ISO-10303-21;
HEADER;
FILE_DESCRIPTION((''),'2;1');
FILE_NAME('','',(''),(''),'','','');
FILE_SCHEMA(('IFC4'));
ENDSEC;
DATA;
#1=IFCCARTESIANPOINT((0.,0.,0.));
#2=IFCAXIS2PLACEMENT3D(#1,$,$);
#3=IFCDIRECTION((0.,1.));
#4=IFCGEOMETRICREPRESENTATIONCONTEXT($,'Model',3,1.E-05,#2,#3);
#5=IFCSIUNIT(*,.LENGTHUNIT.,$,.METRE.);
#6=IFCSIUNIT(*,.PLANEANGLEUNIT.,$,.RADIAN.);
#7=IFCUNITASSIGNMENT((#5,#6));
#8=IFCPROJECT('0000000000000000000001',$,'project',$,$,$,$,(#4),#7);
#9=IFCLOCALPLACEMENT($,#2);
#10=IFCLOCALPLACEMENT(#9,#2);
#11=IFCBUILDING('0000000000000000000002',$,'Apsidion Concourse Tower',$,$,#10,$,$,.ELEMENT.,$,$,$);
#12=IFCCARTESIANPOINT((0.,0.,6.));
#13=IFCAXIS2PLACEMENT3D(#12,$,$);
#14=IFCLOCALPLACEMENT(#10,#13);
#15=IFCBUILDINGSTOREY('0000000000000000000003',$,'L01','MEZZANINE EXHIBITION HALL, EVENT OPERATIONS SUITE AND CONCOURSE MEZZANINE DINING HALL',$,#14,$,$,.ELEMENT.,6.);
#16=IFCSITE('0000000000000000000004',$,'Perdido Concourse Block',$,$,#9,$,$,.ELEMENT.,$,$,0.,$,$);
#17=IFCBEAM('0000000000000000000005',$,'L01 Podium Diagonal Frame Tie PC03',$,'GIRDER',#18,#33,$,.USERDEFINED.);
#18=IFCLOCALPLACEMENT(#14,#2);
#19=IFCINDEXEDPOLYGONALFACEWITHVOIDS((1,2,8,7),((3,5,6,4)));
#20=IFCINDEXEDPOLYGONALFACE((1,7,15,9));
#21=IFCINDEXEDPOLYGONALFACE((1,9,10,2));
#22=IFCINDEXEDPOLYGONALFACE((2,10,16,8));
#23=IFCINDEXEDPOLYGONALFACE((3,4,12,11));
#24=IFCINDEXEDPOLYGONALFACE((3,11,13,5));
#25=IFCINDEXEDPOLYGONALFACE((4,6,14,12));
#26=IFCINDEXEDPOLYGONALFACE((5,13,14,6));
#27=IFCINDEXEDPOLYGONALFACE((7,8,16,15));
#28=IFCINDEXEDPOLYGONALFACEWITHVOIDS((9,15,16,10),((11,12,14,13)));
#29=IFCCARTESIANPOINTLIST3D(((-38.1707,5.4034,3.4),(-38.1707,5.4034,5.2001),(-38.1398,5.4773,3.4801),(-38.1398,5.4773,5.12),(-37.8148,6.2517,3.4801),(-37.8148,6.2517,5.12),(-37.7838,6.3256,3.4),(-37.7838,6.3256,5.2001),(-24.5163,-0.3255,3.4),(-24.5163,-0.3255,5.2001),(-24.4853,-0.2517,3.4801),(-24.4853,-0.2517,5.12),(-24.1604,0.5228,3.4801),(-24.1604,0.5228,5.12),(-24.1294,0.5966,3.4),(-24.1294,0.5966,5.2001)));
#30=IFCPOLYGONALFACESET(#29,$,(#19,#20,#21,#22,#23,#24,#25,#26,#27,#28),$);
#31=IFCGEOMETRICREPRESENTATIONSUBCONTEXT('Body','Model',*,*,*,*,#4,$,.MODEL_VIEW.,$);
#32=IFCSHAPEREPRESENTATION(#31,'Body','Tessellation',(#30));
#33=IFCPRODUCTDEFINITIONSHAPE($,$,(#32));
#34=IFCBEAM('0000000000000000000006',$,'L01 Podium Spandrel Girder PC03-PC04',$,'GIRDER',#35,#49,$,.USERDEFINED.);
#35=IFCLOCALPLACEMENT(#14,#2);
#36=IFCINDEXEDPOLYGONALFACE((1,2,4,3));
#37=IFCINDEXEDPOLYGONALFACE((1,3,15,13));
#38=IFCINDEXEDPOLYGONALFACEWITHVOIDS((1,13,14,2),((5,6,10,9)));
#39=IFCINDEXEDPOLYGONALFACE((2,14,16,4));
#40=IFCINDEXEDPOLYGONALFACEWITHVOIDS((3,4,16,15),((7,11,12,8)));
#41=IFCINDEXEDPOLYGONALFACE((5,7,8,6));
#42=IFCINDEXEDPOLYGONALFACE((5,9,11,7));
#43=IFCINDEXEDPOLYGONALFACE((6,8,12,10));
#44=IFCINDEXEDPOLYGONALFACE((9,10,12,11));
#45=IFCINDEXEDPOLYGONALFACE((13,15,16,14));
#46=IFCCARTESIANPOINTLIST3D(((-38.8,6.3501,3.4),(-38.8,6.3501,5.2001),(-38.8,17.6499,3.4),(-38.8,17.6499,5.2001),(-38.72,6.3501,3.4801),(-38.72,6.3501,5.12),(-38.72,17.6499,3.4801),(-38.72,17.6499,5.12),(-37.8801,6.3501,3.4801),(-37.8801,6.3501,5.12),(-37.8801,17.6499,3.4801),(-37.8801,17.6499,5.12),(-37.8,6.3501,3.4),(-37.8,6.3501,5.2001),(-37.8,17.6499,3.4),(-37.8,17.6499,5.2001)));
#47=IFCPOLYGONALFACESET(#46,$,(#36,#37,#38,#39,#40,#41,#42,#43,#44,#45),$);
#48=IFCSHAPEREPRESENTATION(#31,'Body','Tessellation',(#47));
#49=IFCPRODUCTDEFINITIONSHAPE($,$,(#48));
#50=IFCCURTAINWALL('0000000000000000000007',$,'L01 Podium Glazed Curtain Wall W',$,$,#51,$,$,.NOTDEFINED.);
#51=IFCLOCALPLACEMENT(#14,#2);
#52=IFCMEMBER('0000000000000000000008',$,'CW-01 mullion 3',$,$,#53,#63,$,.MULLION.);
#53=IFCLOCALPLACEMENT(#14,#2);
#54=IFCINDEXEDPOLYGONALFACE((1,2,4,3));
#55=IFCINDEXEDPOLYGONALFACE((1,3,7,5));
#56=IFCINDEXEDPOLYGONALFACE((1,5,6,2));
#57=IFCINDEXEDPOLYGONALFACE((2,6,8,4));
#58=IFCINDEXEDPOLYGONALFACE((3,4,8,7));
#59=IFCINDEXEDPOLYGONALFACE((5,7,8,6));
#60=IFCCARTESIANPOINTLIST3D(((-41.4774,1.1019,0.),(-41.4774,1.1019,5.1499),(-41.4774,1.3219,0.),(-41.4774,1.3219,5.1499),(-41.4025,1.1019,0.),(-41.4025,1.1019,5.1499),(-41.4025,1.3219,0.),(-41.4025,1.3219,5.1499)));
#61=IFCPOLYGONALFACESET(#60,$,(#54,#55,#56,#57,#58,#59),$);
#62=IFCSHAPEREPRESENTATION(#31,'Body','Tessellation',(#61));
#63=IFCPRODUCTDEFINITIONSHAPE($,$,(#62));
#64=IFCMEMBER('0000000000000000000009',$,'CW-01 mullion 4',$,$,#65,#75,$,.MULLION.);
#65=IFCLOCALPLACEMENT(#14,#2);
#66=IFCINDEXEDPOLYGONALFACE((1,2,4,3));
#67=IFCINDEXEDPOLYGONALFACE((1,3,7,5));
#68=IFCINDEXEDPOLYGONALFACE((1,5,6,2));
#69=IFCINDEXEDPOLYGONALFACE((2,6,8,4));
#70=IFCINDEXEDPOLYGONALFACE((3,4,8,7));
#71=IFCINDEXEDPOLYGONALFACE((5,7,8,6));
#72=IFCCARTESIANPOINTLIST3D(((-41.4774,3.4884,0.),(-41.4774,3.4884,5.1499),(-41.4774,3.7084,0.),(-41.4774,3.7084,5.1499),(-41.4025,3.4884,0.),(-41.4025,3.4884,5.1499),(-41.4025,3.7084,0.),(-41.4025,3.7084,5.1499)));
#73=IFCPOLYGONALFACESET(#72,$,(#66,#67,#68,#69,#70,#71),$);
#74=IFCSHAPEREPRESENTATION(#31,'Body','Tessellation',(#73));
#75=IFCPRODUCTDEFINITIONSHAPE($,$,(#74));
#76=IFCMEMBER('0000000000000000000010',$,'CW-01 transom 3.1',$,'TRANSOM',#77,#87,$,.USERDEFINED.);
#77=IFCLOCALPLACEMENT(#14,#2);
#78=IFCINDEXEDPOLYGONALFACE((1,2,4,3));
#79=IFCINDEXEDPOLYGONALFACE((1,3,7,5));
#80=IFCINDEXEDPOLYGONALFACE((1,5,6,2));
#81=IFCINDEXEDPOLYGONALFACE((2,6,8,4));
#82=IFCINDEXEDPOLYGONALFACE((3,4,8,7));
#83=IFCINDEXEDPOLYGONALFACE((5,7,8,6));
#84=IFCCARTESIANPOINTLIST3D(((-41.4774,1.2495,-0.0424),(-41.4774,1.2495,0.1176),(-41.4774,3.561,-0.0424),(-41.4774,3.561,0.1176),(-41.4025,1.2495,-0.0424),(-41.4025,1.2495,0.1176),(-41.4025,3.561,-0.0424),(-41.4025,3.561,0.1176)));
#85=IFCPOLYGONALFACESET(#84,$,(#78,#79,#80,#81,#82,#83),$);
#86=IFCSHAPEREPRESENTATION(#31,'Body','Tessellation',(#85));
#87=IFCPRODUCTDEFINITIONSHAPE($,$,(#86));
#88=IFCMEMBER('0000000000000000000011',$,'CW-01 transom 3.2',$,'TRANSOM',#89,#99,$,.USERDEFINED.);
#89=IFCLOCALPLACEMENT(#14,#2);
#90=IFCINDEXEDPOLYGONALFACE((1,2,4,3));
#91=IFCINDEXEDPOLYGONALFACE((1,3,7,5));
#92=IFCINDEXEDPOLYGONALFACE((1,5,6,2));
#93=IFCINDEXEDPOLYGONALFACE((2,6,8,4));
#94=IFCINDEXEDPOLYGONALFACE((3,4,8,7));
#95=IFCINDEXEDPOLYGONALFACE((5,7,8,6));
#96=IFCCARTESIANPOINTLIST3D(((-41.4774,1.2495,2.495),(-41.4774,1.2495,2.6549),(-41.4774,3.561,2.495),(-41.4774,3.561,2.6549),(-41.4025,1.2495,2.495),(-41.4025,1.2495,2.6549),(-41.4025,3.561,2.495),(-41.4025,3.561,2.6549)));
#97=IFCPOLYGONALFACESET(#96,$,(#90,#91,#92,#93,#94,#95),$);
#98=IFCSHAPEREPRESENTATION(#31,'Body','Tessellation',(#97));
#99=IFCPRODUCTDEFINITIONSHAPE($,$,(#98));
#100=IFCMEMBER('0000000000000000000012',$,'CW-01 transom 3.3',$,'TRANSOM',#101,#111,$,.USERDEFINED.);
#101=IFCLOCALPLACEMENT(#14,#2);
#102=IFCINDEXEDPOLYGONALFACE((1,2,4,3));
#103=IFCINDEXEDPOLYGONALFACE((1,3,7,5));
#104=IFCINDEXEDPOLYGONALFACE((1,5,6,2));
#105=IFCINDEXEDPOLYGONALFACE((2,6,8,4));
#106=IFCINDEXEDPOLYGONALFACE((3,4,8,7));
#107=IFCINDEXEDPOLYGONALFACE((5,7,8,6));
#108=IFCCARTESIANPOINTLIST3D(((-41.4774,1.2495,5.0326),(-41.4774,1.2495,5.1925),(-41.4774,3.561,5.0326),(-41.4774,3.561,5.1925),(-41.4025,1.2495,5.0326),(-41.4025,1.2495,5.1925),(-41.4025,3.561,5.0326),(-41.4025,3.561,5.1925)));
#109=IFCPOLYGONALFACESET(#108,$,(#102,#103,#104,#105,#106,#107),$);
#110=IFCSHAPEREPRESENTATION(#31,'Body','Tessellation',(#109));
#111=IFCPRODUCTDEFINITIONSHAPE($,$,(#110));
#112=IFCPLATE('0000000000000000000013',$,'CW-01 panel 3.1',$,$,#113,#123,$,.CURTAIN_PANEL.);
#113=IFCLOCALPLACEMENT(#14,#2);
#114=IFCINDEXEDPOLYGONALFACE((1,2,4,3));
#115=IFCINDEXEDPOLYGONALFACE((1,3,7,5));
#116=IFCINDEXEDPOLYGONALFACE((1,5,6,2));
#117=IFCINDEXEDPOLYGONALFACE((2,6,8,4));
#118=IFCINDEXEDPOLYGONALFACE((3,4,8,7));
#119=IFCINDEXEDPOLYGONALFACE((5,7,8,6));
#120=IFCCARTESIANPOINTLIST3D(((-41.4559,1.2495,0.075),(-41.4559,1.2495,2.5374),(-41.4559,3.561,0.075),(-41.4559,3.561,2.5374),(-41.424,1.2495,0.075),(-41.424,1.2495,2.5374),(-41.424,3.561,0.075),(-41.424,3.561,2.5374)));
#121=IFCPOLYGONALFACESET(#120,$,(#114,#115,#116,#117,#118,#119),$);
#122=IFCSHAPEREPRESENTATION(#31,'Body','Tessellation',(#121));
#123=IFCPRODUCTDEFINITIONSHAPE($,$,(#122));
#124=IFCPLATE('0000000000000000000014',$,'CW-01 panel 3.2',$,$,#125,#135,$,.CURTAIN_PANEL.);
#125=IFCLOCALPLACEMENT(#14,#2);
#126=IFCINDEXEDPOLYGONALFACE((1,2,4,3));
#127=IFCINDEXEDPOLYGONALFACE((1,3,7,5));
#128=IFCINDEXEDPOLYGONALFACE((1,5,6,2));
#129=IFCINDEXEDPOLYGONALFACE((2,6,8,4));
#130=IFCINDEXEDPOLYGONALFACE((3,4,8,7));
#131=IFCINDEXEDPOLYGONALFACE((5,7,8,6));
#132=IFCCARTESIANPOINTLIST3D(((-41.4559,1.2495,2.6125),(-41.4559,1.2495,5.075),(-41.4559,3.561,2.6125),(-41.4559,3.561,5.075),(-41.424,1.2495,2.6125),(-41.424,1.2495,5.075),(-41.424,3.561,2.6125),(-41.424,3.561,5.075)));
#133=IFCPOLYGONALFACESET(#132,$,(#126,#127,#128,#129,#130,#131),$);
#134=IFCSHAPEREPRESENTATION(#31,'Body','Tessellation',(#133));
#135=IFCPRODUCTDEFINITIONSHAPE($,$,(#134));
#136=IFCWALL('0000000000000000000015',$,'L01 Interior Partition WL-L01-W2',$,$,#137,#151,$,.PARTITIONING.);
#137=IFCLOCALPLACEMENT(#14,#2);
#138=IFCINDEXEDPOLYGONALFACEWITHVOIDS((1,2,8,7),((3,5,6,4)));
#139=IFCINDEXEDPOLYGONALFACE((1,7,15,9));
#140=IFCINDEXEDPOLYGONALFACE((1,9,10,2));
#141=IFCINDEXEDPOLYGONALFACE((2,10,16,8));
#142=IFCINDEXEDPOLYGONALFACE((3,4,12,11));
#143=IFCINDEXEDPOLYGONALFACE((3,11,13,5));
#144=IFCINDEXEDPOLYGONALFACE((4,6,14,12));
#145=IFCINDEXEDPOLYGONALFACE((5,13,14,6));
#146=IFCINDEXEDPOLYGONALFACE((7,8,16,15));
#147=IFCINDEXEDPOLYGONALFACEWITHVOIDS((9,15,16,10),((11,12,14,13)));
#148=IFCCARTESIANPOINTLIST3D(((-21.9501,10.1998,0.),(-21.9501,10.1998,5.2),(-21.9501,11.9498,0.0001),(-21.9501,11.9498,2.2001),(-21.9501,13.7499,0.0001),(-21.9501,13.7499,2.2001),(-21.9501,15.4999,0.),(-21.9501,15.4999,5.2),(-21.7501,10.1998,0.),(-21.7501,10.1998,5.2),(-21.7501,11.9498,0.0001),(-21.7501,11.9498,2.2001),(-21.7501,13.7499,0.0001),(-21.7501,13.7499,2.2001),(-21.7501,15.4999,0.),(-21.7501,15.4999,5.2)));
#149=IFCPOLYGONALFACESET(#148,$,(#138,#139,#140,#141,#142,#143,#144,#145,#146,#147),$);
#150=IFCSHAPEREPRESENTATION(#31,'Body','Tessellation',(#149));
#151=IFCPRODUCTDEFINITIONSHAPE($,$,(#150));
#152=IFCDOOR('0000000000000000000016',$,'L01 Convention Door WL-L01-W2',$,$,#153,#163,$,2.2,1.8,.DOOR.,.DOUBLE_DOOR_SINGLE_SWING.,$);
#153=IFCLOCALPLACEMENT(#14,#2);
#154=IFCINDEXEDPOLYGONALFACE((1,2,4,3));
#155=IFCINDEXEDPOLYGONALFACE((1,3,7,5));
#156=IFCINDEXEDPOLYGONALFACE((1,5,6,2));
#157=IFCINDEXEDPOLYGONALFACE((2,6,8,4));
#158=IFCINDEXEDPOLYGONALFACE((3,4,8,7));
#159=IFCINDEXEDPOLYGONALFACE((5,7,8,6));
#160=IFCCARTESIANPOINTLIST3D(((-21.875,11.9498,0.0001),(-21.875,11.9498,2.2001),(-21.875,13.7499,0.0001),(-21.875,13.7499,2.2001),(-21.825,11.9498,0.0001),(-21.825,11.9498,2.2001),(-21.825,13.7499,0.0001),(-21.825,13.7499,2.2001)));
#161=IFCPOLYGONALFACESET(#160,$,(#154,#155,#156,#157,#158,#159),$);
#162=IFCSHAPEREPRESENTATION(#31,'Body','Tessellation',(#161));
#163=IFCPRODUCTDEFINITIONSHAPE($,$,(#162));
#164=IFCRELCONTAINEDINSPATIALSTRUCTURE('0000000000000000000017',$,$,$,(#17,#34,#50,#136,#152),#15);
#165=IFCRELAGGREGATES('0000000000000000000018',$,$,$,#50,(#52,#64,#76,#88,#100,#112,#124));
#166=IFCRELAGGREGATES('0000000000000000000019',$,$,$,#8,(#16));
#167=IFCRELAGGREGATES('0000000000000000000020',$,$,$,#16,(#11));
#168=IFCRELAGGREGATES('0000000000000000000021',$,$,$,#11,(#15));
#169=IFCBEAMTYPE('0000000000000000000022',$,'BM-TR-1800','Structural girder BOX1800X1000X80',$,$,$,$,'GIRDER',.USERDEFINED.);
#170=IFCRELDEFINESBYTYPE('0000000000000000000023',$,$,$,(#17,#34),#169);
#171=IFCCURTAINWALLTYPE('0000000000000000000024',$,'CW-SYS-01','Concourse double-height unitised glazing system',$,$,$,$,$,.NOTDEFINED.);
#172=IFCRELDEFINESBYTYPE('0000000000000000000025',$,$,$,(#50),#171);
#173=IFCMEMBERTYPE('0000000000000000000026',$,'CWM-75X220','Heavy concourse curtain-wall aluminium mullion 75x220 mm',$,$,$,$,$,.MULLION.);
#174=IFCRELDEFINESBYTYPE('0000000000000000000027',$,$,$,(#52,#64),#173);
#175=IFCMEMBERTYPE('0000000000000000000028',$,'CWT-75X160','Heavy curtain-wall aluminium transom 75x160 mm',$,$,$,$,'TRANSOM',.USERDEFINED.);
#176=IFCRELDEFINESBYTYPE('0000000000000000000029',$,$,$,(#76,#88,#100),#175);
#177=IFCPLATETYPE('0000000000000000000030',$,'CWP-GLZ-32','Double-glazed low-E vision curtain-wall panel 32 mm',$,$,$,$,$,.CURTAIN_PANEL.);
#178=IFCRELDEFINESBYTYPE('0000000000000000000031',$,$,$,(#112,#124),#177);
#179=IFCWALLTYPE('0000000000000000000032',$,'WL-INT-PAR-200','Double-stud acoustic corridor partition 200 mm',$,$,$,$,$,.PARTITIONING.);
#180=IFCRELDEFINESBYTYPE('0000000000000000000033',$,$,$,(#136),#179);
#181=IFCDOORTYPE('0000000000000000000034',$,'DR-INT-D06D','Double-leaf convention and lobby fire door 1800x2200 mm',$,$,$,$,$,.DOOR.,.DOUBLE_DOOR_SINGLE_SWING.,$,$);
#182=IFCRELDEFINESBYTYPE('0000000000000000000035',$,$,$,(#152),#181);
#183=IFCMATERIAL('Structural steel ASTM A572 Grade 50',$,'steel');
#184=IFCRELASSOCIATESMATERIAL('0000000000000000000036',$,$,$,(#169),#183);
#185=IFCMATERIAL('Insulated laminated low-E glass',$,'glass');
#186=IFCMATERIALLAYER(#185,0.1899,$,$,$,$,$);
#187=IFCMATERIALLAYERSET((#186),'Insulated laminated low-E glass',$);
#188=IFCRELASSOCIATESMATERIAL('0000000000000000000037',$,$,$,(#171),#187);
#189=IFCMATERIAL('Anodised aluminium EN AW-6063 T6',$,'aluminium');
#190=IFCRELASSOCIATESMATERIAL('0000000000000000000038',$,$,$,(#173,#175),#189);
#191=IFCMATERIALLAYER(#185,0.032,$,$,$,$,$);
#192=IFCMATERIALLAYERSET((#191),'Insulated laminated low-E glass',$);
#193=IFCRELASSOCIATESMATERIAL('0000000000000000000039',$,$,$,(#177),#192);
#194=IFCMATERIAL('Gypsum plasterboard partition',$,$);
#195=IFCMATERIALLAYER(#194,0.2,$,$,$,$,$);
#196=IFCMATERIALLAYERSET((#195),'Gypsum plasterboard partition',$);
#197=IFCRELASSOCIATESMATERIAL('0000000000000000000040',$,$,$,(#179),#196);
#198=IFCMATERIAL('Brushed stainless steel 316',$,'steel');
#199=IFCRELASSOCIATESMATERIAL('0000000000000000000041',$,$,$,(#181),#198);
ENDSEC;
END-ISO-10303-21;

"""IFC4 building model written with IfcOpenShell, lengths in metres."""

from ifc_helpers import new_model, si_unit, direction, frame, frame_2d, origin, origin_2d, place, context, subcontext, project, spatial, rectangle, hollow_rectangle, extrude, material, layer, layer_set, material_profile, profile_set, type_object, element, fill, aggregate, save


model = new_model("IFC4")

# Units and contexts
model_context = context("Model", 3, precision=1e-05, world=origin(), true_north=direction((0.0, 1.0)))
body_context = subcontext(model_context, "Body", "Model", "MODEL_VIEW")
ifc_project = project(units=[si_unit("LENGTHUNIT", "METRE"), si_unit("PLANEANGLEUNIT", "RADIAN")], contexts=[model_context])

# Site, building, storey
site_placement = place(None, origin())
site = spatial("IfcSite", under=ifc_project, at=site_placement, Name="Perdido Concourse Block", CompositionType="ELEMENT", RefElevation=0.0)
building_placement = place(site_placement, origin())
building = spatial("IfcBuilding", under=site, at=building_placement, Name="Apsidion Concourse Tower", CompositionType="ELEMENT")
storey_placement = place(building_placement, frame((0.0, 0.0, 6.0)))
storey = spatial("IfcBuildingStorey", under=building, at=storey_placement, Name="L01", Description="MEZZANINE EXHIBITION HALL, EVENT OPERATIONS SUITE AND CONCOURSE MEZZANINE DINING HALL", CompositionType="ELEMENT", Elevation=6.0)

# Shared definitions
ifc_material_1 = material(Name="Structural steel ASTM A572 Grade 50", Category="steel")

# Beams
ifc_material_profile_1 = material_profile(ifc_material_1, hollow_rectangle(XDim=1.0, YDim=1.8, WallThickness=0.0801, at=origin_2d()), Name="BOX1800X1000X80")
ifc_profile_set_1 = profile_set([ifc_material_profile_1], Name="Structural steel ASTM A572 Grade 50")
beam_type_1 = type_object("IfcBeamType", Name="BM-TR-1800", Description="Structural girder BOX1800X1000X80", ElementType="GIRDER", PredefinedType="USERDEFINED", material=ifc_profile_set_1)
beam_1_placement = place(storey_placement, frame((-37.9773, 5.8645, 4.3), z_axis=(0.922124, -0.386894, 0.0), x_axis=(0.386894, 0.922124, 0.0)))
element("IfcBeam", 1, at=beam_1_placement, inside=storey, type_object=beam_type_1, Name="L01 Podium Diagonal Frame Tie PC03", ObjectType="GIRDER", PredefinedType="USERDEFINED", context=body_context, shape_type="SweptSolid", body=[
    extrude(hollow_rectangle(XDim=1.0, YDim=1.8, WallThickness=0.0801, at=origin_2d()), origin(), (0.0, 0.0, 1.0), 14.8076),
])
beam_2_placement = place(storey_placement, frame((-38.3, 6.3501, 4.3), z_axis=(0.0, 1.0, 0.0), x_axis=(-1.0, 0.0, 0.0)))
element("IfcBeam", 2, at=beam_2_placement, inside=storey, type_object=beam_type_1, Name="L01 Podium Spandrel Girder PC03-PC04", ObjectType="GIRDER", PredefinedType="USERDEFINED", context=body_context, shape_type="SweptSolid", body=[
    extrude(hollow_rectangle(XDim=1.0, YDim=1.8, WallThickness=0.0801, at=origin_2d()), origin(), (0.0, 0.0, 1.0), 11.2998),
])

# Curtain wall, members, plates
ifc_material_2 = material(Name="Insulated laminated low-E glass", Category="glass")
ifc_layer_1 = layer(ifc_material_2, 0.1899)
ifc_layer_set_1 = layer_set([ifc_layer_1], Name="Insulated laminated low-E glass")
curtain_wall_type = type_object("IfcCurtainWallType", Name="CW-SYS-01", Description="Concourse double-height unitised glazing system", PredefinedType="NOTDEFINED", material=ifc_layer_set_1)
curtain_wall_placement = place(storey_placement, origin())
curtain_wall = element("IfcCurtainWall", 3, at=curtain_wall_placement, inside=storey, type_object=curtain_wall_type, Name="L01 Podium Glazed Curtain Wall W", PredefinedType="NOTDEFINED")
ifc_material_3 = material(Name="Anodised aluminium EN AW-6063 T6", Category="aluminium")
ifc_material_profile_2 = material_profile(ifc_material_3, rectangle(XDim=0.075, YDim=0.22, at=origin_2d()), Name="ALU MULLION 75x220")
ifc_profile_set_2 = profile_set([ifc_material_profile_2], Name="Anodised aluminium EN AW-6063 T6")
member_type_1 = type_object("IfcMemberType", Name="CWM-75X220", Description="Heavy concourse curtain-wall aluminium mullion 75x220 mm", PredefinedType="MULLION", material=ifc_profile_set_2)
member_1_placement = place(storey_placement, frame((-41.4399, 1.2119, 0.0), z_axis=(0.0, 0.0, 1.0), x_axis=(-1.0, 0.0, 0.0)))
member_1 = element("IfcMember", 4, at=member_1_placement, type_object=member_type_1, Name="CW-01 mullion 3", PredefinedType="MULLION", context=body_context, shape_type="SweptSolid", body=[
    extrude(rectangle(XDim=0.075, YDim=0.22, at=origin_2d()), origin(), (0.0, 0.0, 1.0), 5.1499),
])
member_2_placement = place(storey_placement, frame((-41.4399, 3.5984, 0.0), z_axis=(0.0, 0.0, 1.0), x_axis=(-1.0, 0.0, 0.0)))
member_2 = element("IfcMember", 5, at=member_2_placement, type_object=member_type_1, Name="CW-01 mullion 4", PredefinedType="MULLION", context=body_context, shape_type="SweptSolid", body=[
    extrude(rectangle(XDim=0.075, YDim=0.22, at=origin_2d()), origin(), (0.0, 0.0, 1.0), 5.1499),
])
ifc_material_profile_3 = material_profile(ifc_material_3, rectangle(XDim=0.075, YDim=0.1599, at=origin_2d()), Name="ALU TRANSOM 75x160")
ifc_profile_set_3 = profile_set([ifc_material_profile_3], Name="Anodised aluminium EN AW-6063 T6")
member_type_2 = type_object("IfcMemberType", Name="CWT-75X160", Description="Heavy curtain-wall aluminium transom 75x160 mm", ElementType="TRANSOM", PredefinedType="USERDEFINED", material=ifc_profile_set_3)
member_3_placement = place(storey_placement, frame((-41.4399, 1.2495, 0.0376), z_axis=(0.0, 1.0, 0.0), x_axis=(-1.0, 0.0, 0.0)))
member_3 = element("IfcMember", 6, at=member_3_placement, type_object=member_type_2, Name="CW-01 transom 3.1", ObjectType="TRANSOM", PredefinedType="USERDEFINED", context=body_context, shape_type="SweptSolid", body=[
    extrude(rectangle(XDim=0.075, YDim=0.1599, at=origin_2d()), origin(), (0.0, 0.0, 1.0), 2.3115),
])
member_4_placement = place(storey_placement, frame((-41.4399, 1.2495, 2.575), z_axis=(0.0, 1.0, 0.0), x_axis=(-1.0, 0.0, 0.0)))
member_4 = element("IfcMember", 7, at=member_4_placement, type_object=member_type_2, Name="CW-01 transom 3.2", ObjectType="TRANSOM", PredefinedType="USERDEFINED", context=body_context, shape_type="SweptSolid", body=[
    extrude(rectangle(XDim=0.075, YDim=0.1599, at=origin_2d()), origin(), (0.0, 0.0, 1.0), 2.3115),
])
member_5_placement = place(storey_placement, frame((-41.4399, 1.2495, 5.1125), z_axis=(0.0, 1.0, 0.0), x_axis=(-1.0, 0.0, 0.0)))
member_5 = element("IfcMember", 8, at=member_5_placement, type_object=member_type_2, Name="CW-01 transom 3.3", ObjectType="TRANSOM", PredefinedType="USERDEFINED", context=body_context, shape_type="SweptSolid", body=[
    extrude(rectangle(XDim=0.075, YDim=0.1599, at=origin_2d()), origin(), (0.0, 0.0, 1.0), 2.3115),
])
ifc_layer_2 = layer(ifc_material_2, 0.032)
ifc_layer_set_2 = layer_set([ifc_layer_2], Name="Insulated laminated low-E glass")
plate_type = type_object("IfcPlateType", Name="CWP-GLZ-32", Description="Double-glazed low-E vision curtain-wall panel 32 mm", PredefinedType="CURTAIN_PANEL", material=ifc_layer_set_2)
plate_1_placement = place(storey_placement, frame((-41.4399, 2.4053, 0.075), z_axis=(0.0, 0.0, 1.0), x_axis=(0.0, 1.0, 0.0)))
plate_1 = element("IfcPlate", 9, at=plate_1_placement, type_object=plate_type, Name="CW-01 panel 3.1", PredefinedType="CURTAIN_PANEL", context=body_context, shape_type="SweptSolid", body=[
    extrude(rectangle(XDim=2.3115, YDim=0.032, at=origin_2d()), origin(), (0.0, 0.0, 1.0), 2.4624),
])
plate_2_placement = place(storey_placement, frame((-41.4399, 2.4053, 2.6125), z_axis=(0.0, 0.0, 1.0), x_axis=(0.0, 1.0, 0.0)))
plate_2 = element("IfcPlate", 10, at=plate_2_placement, type_object=plate_type, Name="CW-01 panel 3.2", PredefinedType="CURTAIN_PANEL", context=body_context, shape_type="SweptSolid", body=[
    extrude(rectangle(XDim=2.3115, YDim=0.032, at=origin_2d()), origin(), (0.0, 0.0, 1.0), 2.4624),
])
aggregate(curtain_wall, [member_1, member_2, member_3, member_4, member_5, plate_1, plate_2])

# Wall, opening, door
ifc_material_4 = material(Name="Gypsum plasterboard partition")
ifc_layer_3 = layer(ifc_material_4, 0.2)
ifc_layer_set_3 = layer_set([ifc_layer_3], Name="Gypsum plasterboard partition")
wall_type = type_object("IfcWallType", Name="WL-INT-PAR-200", Description="Double-stud acoustic corridor partition 200 mm", PredefinedType="PARTITIONING", material=ifc_layer_set_3)
wall_placement = place(storey_placement, frame((-21.8501, 10.2, 0.0), z_axis=(0.0, 0.0, 1.0), x_axis=(0.0, 1.0, 0.0)))
wall = element("IfcWall", 11, at=wall_placement, inside=storey, type_object=wall_type, Name="L01 Interior Partition WL-L01-W2", PredefinedType="PARTITIONING", context=body_context, shape_type="SweptSolid", body=[
    extrude(rectangle(XDim=5.3, YDim=0.2, at=frame_2d((2.6499, 0.0))), origin(), (0.0, 0.0, 1.0), 5.2),
])
opening_placement = place(wall_placement, frame((1.75, 0.0, 0.0)))
opening = element("IfcOpeningElement", 12, at=opening_placement, cuts=wall, PredefinedType="OPENING", context=body_context, shape_type="SweptSolid", body=[
    extrude(rectangle(XDim=1.8, YDim=2.2, at=frame_2d((0.8999, 1.1001))), frame((0.0, 0.1099, 0.0), z_axis=(0.0, -1.0, 0.0), x_axis=(1.0, 0.0, 0.0)), (0.0, 0.0, 1.0), 0.22),
])
ifc_material_5 = material(Name="Brushed stainless steel 316", Category="steel")
door_type = type_object("IfcDoorType", Name="DR-INT-D06D", Description="Double-leaf convention and lobby fire door 1800x2200 mm", OperationType="DOUBLE_DOOR_SINGLE_SWING", PredefinedType="DOOR", material=ifc_material_5)
door_placement = place(opening_placement, origin())
door = element("IfcDoor", 13, at=door_placement, inside=storey, type_object=door_type, Name="L01 Convention Door WL-L01-W2", OperationType="DOUBLE_DOOR_SINGLE_SWING", OverallHeight=2.2, OverallWidth=1.8, PredefinedType="DOOR", context=body_context, shape_type="SweptSolid", body=[
    extrude(rectangle(XDim=1.8, YDim=2.2, at=frame_2d((0.8999, 1.1001))), frame((0.0, 0.0249, 0.0), z_axis=(0.0, -1.0, 0.0), x_axis=(1.0, 0.0, 0.0)), (0.0, 0.0, 1.0), 0.05),
])
fill(opening, door)

save(model, "model.ifc")
